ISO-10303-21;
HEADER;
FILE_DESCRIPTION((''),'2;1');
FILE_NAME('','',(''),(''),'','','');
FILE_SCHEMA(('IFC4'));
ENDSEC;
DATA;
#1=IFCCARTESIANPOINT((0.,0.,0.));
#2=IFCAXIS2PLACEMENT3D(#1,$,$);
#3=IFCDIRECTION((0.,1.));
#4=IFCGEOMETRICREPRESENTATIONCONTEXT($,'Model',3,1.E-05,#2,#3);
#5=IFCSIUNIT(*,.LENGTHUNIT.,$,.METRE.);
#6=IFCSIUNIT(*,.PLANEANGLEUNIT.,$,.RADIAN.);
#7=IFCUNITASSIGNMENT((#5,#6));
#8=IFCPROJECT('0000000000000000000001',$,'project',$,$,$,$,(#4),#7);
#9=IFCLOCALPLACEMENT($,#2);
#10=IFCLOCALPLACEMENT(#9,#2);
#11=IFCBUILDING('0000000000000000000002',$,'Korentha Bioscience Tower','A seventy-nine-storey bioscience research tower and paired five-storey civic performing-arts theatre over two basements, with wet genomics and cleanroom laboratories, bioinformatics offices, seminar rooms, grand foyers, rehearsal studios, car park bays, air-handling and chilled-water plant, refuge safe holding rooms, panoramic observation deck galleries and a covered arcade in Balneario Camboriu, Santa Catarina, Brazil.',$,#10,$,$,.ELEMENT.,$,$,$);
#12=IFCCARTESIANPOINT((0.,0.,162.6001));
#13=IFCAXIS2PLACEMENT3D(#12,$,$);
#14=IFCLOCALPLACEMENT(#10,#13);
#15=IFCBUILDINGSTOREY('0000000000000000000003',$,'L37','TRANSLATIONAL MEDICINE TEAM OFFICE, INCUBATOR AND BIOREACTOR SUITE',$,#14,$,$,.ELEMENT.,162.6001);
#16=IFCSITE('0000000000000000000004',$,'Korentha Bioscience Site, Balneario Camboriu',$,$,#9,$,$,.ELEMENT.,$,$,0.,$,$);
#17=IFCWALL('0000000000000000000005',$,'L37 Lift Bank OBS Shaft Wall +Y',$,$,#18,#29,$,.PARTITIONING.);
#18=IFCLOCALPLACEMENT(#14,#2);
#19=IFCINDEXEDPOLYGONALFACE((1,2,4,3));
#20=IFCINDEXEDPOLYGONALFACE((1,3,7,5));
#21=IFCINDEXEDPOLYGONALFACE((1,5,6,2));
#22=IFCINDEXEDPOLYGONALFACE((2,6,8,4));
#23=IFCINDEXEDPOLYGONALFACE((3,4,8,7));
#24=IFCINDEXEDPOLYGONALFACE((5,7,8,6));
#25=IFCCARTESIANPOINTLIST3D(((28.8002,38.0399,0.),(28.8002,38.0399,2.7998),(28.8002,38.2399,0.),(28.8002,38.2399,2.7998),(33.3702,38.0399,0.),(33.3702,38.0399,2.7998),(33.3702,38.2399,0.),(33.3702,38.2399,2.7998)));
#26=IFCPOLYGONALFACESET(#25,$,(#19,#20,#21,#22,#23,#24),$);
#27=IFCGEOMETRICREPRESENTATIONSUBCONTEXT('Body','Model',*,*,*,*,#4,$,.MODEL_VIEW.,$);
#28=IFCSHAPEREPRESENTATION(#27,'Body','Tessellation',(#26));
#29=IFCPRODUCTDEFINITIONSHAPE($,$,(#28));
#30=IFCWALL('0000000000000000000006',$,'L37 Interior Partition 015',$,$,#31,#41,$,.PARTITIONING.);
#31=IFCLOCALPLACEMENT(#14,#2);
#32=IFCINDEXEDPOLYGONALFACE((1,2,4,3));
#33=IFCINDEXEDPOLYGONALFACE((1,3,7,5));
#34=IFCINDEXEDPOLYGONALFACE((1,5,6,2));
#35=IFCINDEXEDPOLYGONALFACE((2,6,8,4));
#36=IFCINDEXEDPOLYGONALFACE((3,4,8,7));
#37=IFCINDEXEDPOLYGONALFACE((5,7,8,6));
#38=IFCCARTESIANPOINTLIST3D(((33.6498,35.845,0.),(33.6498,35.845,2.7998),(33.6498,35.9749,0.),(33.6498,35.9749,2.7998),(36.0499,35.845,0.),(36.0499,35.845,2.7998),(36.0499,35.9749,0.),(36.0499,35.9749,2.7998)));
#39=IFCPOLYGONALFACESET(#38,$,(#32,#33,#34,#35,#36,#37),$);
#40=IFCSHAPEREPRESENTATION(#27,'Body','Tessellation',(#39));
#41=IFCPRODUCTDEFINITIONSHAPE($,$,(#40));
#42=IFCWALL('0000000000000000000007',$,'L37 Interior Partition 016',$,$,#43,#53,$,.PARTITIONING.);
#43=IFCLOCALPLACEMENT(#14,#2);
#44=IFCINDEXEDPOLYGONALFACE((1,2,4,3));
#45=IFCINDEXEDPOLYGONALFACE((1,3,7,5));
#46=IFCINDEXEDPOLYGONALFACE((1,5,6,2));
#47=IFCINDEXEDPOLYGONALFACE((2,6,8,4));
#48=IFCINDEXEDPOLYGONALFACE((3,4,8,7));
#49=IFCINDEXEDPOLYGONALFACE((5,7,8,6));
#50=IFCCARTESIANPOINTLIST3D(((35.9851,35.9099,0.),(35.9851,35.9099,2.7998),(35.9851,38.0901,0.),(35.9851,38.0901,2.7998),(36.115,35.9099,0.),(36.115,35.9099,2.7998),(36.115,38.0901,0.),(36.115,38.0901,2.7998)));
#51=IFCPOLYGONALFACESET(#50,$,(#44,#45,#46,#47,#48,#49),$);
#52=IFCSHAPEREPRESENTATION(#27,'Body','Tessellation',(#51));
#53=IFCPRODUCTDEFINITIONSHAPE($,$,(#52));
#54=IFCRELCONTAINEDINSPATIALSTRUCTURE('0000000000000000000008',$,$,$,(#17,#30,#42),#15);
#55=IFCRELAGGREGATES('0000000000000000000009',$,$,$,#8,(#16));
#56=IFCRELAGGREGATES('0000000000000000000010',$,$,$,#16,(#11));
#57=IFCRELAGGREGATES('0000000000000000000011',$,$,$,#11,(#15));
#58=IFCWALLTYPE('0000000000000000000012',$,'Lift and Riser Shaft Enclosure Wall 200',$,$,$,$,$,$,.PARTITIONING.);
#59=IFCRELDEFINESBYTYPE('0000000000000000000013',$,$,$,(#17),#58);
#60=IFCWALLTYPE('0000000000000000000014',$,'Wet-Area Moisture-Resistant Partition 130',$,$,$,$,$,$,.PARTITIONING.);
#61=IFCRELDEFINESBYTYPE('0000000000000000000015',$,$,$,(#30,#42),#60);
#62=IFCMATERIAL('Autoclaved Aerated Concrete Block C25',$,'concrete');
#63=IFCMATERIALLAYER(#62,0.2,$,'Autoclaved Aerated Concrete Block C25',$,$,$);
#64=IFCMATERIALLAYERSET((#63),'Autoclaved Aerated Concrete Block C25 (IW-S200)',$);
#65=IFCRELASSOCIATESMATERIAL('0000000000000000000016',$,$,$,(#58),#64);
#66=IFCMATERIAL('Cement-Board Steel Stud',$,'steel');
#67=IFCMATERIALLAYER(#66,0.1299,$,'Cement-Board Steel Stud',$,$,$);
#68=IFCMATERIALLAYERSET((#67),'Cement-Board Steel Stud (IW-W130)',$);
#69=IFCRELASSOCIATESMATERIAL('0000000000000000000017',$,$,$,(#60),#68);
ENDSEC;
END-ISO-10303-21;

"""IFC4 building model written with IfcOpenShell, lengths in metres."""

from ifc_helpers import new_model, si_unit, direction, frame, frame_2d, origin, place, context, subcontext, project, spatial, rectangle, extrude, material, layer, layer_set, type_object, element, save


model = new_model("IFC4")

# Units and contexts
model_context = context("Model", 3, precision=1e-05, world=origin(), true_north=direction((0.0, 1.0)))
body_context = subcontext(model_context, "Body", "Model", "MODEL_VIEW")
ifc_project = project(units=[si_unit("LENGTHUNIT", "METRE"), si_unit("PLANEANGLEUNIT", "RADIAN")], contexts=[model_context])

# Site, building, storey
site_placement = place(None, origin())
site = spatial("IfcSite", under=ifc_project, at=site_placement, Name="Korentha Bioscience Site, Balneario Camboriu", CompositionType="ELEMENT", RefElevation=0.0)
building_placement = place(site_placement, origin())
building = spatial("IfcBuilding", under=site, at=building_placement, Name="Korentha Bioscience Tower", Description="A seventy-nine-storey bioscience research tower and paired five-storey civic performing-arts theatre over two basements, with wet genomics and cleanroom laboratories, bioinformatics offices, seminar rooms, grand foyers, rehearsal studios, car park bays, air-handling and chilled-water plant, refuge safe holding rooms, panoramic observation deck galleries and a covered arcade in Balneario Camboriu, Santa Catarina, Brazil.", CompositionType="ELEMENT")
storey_placement = place(building_placement, frame((0.0, 0.0, 162.6001)))
storey = spatial("IfcBuildingStorey", under=building, at=storey_placement, Name="L37", Description="TRANSLATIONAL MEDICINE TEAM OFFICE, INCUBATOR AND BIOREACTOR SUITE", CompositionType="ELEMENT", Elevation=162.6001)

# Wall
ifc_material_1 = material(Name="Autoclaved Aerated Concrete Block C25", Category="concrete")
ifc_layer_1 = layer(ifc_material_1, 0.2, Name="Autoclaved Aerated Concrete Block C25")
ifc_layer_set_1 = layer_set([ifc_layer_1], Name="Autoclaved Aerated Concrete Block C25 (IW-S200)")
wall_type_1 = type_object("IfcWallType", Name="Lift and Riser Shaft Enclosure Wall 200", PredefinedType="PARTITIONING", material=ifc_layer_set_1)
wall_1_placement = place(storey_placement, frame((28.8, 38.1399, 0.0), z_axis=(0.0, 0.0, 1.0), x_axis=(1.0, 0.0, 0.0)))
element("IfcWall", 1, at=wall_1_placement, inside=storey, type_object=wall_type_1, Name="L37 Lift Bank OBS Shaft Wall +Y", PredefinedType="PARTITIONING", context=body_context, shape_type="SweptSolid", body=[
    extrude(rectangle(XDim=4.5701, YDim=0.2, at=frame_2d((2.2852, 0.0))), origin(), (0.0, 0.0, 1.0), 2.7998),
])

# Shared definitions
ifc_material_2 = material(Name="Cement-Board Steel Stud", Category="steel")
ifc_layer_2 = layer(ifc_material_2, 0.1299, Name="Cement-Board Steel Stud")
ifc_layer_set_2 = layer_set([ifc_layer_2], Name="Cement-Board Steel Stud (IW-W130)")
wall_type_2 = type_object("IfcWallType", Name="Wet-Area Moisture-Resistant Partition 130", PredefinedType="PARTITIONING", material=ifc_layer_set_2)

# Walls
wall_2_placement = place(storey_placement, frame((36.05, 35.9099, 0.0), z_axis=(0.0, 0.0, 1.0), x_axis=(-1.0, 0.0, 0.0)))
element("IfcWall", 2, at=wall_2_placement, inside=storey, type_object=wall_type_2, Name="L37 Interior Partition 015", PredefinedType="PARTITIONING", context=body_context, shape_type="SweptSolid", body=[
    extrude(rectangle(XDim=2.4001, YDim=0.1299, at=frame_2d((1.2002, 0.0))), origin(), (0.0, 0.0, 1.0), 2.7998),
])
wall_3_placement = place(storey_placement, frame((36.05, 38.0901, 0.0), z_axis=(0.0, 0.0, 1.0), x_axis=(0.0, -1.0, 0.0)))
element("IfcWall", 3, at=wall_3_placement, inside=storey, type_object=wall_type_2, Name="L37 Interior Partition 016", PredefinedType="PARTITIONING", context=body_context, shape_type="SweptSolid", body=[
    extrude(rectangle(XDim=2.1802, YDim=0.1299, at=frame_2d((1.0901, 0.0))), origin(), (0.0, 0.0, 1.0), 2.7998),
])

save(model, "model.ifc")
